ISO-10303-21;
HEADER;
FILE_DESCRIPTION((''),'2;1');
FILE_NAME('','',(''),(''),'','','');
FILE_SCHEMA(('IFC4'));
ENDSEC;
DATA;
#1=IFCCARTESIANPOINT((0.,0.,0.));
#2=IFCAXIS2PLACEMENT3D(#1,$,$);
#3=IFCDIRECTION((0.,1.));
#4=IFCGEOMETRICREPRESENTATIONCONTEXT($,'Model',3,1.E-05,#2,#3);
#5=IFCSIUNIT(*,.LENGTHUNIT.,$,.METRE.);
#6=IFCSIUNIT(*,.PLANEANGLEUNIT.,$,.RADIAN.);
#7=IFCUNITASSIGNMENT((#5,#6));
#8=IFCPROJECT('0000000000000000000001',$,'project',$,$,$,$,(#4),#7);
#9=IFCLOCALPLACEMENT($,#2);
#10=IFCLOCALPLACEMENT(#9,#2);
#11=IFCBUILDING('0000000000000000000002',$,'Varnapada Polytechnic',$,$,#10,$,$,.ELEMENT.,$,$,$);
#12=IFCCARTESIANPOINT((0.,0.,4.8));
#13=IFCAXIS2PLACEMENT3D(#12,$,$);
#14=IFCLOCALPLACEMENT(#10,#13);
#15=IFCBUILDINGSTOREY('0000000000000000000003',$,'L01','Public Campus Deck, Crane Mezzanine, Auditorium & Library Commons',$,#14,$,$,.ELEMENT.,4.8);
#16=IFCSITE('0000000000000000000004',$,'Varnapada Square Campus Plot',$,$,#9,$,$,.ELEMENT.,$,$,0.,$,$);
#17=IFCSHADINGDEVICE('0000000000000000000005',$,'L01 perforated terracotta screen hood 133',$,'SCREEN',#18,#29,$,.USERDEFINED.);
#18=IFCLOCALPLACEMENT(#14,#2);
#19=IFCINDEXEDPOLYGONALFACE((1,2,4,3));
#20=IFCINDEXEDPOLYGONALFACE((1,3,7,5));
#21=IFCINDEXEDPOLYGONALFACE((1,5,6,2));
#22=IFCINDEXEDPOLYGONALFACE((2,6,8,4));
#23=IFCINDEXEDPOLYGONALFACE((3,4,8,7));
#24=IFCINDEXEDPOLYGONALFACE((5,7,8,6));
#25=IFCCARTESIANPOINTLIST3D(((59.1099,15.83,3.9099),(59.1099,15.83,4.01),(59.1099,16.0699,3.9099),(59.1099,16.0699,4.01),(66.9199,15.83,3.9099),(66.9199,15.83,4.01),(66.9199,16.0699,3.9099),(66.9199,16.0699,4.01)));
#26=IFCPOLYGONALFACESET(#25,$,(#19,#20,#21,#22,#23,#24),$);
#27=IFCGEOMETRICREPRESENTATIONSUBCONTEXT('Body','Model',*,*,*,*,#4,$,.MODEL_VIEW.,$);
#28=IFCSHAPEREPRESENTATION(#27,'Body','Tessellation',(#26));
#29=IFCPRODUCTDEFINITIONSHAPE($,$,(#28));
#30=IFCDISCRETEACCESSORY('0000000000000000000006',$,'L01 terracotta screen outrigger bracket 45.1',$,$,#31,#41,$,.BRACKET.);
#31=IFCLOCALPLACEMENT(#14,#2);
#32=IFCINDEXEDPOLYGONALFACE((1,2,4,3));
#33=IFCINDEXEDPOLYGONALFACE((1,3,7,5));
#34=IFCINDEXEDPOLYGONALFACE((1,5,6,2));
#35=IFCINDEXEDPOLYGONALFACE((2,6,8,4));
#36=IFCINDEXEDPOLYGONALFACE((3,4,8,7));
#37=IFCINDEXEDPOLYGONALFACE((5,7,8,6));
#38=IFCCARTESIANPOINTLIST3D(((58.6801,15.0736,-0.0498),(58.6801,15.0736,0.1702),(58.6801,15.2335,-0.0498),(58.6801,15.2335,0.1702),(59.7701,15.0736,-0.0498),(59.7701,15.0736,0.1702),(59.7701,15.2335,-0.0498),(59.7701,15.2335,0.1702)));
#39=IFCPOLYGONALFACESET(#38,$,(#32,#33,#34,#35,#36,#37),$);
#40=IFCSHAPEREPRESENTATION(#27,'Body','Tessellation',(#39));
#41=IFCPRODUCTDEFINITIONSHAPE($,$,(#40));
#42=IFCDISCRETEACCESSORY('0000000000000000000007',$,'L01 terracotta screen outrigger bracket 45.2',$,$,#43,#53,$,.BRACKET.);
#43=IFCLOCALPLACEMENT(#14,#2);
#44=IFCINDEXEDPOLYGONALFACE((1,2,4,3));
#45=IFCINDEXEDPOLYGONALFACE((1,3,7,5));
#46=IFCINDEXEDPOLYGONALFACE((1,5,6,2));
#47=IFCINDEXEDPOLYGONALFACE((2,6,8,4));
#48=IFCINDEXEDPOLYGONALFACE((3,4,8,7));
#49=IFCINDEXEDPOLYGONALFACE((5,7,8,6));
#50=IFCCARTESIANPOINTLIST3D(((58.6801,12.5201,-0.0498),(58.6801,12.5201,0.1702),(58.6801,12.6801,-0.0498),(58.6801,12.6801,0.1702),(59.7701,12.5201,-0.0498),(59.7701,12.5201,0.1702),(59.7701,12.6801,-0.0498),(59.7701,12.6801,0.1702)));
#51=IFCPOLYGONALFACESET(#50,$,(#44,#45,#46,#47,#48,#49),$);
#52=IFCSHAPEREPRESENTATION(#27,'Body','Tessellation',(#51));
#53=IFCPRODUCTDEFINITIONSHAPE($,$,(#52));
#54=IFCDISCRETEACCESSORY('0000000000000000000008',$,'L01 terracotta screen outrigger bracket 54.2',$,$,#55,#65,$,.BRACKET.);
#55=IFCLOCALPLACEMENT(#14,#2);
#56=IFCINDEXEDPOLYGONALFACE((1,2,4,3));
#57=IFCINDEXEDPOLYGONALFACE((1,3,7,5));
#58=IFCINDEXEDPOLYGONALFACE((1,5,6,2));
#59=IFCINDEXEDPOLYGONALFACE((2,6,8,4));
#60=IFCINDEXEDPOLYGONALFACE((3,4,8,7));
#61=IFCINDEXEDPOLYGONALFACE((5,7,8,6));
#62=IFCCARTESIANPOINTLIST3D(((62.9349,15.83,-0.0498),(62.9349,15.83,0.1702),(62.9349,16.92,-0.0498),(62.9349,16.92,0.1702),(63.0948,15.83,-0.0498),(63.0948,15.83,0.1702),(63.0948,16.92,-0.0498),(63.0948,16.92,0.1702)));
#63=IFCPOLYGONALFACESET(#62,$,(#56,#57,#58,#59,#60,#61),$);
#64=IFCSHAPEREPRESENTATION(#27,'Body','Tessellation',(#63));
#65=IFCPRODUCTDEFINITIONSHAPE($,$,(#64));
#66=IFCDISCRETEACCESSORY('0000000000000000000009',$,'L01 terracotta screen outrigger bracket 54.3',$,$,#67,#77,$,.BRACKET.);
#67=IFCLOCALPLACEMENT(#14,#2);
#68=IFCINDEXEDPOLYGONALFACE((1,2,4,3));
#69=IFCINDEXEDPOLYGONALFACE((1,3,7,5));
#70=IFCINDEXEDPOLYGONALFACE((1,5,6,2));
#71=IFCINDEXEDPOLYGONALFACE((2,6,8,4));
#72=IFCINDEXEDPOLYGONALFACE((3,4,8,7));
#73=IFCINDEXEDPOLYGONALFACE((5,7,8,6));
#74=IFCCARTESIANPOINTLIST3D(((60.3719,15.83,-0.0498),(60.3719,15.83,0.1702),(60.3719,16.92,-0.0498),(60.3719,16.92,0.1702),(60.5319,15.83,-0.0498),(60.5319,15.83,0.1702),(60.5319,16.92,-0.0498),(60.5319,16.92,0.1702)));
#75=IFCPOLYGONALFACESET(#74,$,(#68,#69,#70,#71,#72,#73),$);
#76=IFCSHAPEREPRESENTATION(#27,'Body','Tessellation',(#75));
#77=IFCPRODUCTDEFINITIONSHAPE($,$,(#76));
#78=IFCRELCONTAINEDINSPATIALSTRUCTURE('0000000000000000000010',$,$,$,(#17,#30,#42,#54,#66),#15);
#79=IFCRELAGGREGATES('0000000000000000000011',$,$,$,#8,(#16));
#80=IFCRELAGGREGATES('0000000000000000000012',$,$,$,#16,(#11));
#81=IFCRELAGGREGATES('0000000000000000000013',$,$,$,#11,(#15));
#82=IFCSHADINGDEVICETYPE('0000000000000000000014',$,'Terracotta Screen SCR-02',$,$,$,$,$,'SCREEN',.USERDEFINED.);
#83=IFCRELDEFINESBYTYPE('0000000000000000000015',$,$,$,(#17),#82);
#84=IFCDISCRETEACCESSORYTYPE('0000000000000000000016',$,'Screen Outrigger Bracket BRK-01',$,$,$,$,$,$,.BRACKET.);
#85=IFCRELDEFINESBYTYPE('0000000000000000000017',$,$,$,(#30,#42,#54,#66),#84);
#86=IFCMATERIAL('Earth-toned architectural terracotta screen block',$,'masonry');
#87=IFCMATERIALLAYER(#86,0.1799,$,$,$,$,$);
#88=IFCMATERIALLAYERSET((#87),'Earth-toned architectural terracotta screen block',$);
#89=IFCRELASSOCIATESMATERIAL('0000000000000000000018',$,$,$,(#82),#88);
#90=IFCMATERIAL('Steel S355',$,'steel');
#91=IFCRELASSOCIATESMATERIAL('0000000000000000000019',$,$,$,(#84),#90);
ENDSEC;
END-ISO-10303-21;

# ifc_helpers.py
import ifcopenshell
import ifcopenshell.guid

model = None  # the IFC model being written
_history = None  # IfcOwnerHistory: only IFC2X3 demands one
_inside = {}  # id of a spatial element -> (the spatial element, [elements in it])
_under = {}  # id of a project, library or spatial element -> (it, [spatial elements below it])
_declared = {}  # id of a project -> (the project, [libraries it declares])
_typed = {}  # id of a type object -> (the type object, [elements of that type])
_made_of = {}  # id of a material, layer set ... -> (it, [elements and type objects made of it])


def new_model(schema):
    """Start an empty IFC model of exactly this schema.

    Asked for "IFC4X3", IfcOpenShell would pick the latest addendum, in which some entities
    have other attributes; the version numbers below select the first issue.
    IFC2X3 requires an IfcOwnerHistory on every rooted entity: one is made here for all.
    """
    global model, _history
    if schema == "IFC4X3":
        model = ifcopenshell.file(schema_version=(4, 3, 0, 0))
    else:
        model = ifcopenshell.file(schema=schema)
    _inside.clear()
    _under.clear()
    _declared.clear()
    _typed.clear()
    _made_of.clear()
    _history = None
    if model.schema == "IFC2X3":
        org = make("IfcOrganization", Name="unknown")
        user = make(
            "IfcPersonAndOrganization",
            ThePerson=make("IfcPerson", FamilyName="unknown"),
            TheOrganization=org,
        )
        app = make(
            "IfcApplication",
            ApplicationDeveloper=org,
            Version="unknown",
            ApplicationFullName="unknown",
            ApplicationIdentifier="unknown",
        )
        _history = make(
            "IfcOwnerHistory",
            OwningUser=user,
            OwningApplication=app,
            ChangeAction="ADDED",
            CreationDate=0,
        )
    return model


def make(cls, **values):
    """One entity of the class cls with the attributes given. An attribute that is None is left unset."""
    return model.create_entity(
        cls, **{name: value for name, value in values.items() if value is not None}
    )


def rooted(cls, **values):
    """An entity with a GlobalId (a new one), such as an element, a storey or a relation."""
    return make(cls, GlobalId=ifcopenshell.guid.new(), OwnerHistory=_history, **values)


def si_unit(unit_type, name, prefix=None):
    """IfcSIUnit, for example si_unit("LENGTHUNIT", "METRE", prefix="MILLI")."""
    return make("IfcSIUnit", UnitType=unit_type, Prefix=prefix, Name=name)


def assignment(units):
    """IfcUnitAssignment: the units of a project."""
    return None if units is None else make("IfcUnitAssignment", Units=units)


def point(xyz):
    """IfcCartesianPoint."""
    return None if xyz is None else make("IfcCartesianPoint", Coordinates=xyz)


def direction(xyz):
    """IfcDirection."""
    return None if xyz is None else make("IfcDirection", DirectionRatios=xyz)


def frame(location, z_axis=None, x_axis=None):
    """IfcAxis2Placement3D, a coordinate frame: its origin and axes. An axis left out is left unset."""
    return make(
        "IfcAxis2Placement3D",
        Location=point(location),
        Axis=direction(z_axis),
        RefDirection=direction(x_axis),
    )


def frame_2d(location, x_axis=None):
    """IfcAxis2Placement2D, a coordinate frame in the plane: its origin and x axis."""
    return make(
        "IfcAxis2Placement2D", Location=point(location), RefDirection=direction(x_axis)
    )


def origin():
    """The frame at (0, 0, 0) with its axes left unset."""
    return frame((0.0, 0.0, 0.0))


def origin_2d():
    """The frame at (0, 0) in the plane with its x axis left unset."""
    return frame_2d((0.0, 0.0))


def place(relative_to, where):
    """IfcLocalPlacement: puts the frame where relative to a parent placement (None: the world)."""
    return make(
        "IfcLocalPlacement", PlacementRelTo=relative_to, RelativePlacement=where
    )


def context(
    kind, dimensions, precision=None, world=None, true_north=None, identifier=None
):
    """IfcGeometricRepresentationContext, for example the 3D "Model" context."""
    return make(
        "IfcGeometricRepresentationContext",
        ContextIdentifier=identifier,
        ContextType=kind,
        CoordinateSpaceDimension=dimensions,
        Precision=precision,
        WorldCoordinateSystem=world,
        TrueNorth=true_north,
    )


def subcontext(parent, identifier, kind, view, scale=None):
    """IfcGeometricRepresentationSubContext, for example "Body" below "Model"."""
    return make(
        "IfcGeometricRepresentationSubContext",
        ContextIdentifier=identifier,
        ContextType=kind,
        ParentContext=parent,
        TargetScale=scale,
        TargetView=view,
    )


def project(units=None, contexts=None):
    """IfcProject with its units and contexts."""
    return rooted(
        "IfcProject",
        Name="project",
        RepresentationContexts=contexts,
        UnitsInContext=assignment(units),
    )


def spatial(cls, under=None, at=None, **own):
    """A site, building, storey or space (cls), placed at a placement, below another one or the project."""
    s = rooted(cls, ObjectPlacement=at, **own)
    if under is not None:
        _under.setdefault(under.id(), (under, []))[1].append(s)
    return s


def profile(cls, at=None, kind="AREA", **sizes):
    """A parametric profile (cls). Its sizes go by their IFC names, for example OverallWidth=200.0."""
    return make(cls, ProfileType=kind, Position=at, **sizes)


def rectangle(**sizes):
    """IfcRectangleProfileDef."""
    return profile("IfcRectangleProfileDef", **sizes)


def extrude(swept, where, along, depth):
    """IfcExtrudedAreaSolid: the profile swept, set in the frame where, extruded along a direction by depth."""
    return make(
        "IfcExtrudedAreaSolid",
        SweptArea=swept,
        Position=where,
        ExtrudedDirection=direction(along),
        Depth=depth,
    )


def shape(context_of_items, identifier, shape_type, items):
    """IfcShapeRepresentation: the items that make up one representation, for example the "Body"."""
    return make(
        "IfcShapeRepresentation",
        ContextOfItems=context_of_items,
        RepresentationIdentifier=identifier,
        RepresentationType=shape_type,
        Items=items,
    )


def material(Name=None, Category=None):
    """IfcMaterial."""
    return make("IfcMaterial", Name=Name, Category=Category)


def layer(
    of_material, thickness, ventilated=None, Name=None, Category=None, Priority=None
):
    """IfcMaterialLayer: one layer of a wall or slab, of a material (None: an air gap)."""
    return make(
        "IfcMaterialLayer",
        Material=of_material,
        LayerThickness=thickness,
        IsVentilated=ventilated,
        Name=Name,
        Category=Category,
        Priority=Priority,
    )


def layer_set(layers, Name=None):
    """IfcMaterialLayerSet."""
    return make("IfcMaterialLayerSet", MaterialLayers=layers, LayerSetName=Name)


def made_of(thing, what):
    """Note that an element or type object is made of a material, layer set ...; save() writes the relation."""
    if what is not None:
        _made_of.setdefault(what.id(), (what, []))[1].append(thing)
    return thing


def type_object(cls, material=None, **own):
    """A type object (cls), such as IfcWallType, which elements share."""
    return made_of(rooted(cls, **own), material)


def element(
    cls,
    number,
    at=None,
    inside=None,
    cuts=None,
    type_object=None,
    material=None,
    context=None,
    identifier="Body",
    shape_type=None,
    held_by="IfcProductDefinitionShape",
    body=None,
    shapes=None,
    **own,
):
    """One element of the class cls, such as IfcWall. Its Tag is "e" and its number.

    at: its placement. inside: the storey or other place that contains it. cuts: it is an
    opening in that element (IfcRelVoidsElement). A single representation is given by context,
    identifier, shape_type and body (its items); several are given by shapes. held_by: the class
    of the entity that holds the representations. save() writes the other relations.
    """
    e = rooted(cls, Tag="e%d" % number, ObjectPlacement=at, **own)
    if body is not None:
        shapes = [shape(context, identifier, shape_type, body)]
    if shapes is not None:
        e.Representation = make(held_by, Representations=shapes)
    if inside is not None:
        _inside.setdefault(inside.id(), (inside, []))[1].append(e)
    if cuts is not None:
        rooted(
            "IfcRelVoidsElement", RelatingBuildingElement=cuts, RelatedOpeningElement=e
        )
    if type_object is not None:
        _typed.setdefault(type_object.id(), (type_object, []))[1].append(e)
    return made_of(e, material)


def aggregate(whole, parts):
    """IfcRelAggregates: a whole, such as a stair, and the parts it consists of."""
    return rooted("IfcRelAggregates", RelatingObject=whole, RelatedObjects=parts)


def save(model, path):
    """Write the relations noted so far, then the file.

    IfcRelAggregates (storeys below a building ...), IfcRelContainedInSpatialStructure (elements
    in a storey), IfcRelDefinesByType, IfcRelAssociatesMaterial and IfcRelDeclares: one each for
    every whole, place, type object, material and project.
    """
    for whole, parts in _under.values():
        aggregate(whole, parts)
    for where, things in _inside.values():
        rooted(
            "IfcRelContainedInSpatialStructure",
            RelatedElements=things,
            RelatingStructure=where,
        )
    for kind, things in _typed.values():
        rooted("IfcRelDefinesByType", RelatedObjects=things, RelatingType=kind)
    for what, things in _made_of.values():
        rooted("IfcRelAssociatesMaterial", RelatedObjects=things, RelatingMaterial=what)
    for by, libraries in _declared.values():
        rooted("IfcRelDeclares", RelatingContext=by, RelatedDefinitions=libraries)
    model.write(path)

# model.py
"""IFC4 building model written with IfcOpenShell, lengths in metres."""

from ifc_helpers import new_model, si_unit, direction, frame, origin, origin_2d, place, context, subcontext, project, spatial, rectangle, extrude, material, layer, layer_set, type_object, element, save


model = new_model("IFC4")

# Units and contexts
model_context = context("Model", 3, precision=1e-05, world=origin(), true_north=direction((0.0, 1.0)))
body_context = subcontext(model_context, "Body", "Model", "MODEL_VIEW")
ifc_project = project(units=[si_unit("LENGTHUNIT", "METRE"), si_unit("PLANEANGLEUNIT", "RADIAN")], contexts=[model_context])

# Site, building, storey
site_placement = place(None, origin())
site = spatial("IfcSite", under=ifc_project, at=site_placement, Name="Varnapada Square Campus Plot", CompositionType="ELEMENT", RefElevation=0.0)
building_placement = place(site_placement, origin())
building = spatial("IfcBuilding", under=site, at=building_placement, Name="Varnapada Polytechnic", CompositionType="ELEMENT")
storey_placement = place(building_placement, frame((0.0, 0.0, 4.8)))
storey = spatial("IfcBuildingStorey", under=building, at=storey_placement, Name="L01", Description="Public Campus Deck, Crane Mezzanine, Auditorium & Library Commons", CompositionType="ELEMENT", Elevation=4.8)

# Shared definitions
ifc_material_1 = material(Name="Earth-toned architectural terracotta screen block", Category="masonry")

# Shading device
ifc_layer_1 = layer(ifc_material_1, 0.1799)
ifc_layer_set_1 = layer_set([ifc_layer_1], Name="Earth-toned architectural terracotta screen block")
shading_device_type = type_object("IfcShadingDeviceType", Name="Terracotta Screen SCR-02", ElementType="SCREEN", PredefinedType="USERDEFINED", material=ifc_layer_set_1)
shading_device_1_placement = place(storey_placement, frame((63.0149, 15.95, 3.9099), z_axis=(0.0, 0.0, 1.0), x_axis=(-1.0, 0.0, 0.0)))
element("IfcShadingDevice", 1, at=shading_device_1_placement, inside=storey, type_object=shading_device_type, Name="L01 perforated terracotta screen hood 133", ObjectType="SCREEN", PredefinedType="USERDEFINED", context=body_context, shape_type="SweptSolid", body=[
    extrude(rectangle(XDim=7.8101, YDim=0.24, at=origin_2d()), origin(), (0.0, 0.0, 1.0), 0.1001),
])

# Discrete accessories
ifc_material_2 = material(Name="Steel S355", Category="steel")
discrete_accessory_type = type_object("IfcDiscreteAccessoryType", Name="Screen Outrigger Bracket BRK-01", PredefinedType="BRACKET", material=ifc_material_2)
for number, where, z_axis, x_axis, name in (
    (2, (59.2251, 15.1536, -0.0498), (0.0, 0.0, 1.0), (0.0, -1.0, 0.0), "L01 terracotta screen outrigger bracket 45.1"),
    (3, (59.2251, 12.6001, -0.0498), (0.0, 0.0, 1.0), (0.0, -1.0, 0.0), "L01 terracotta screen outrigger bracket 45.2"),
    (4, (63.0149, 16.375, -0.0498), (0.0, 0.0, 1.0), (-1.0, 0.0, 0.0), "L01 terracotta screen outrigger bracket 54.2"),
    (5, (60.4519, 16.375, -0.0498), (0.0, 0.0, 1.0), (-1.0, 0.0, 0.0), "L01 terracotta screen outrigger bracket 54.3"),
):
    element("IfcDiscreteAccessory", number, at=place(storey_placement, frame(where, z_axis=z_axis, x_axis=x_axis)), inside=storey, type_object=discrete_accessory_type, Name=name, PredefinedType="BRACKET", context=body_context, shape_type="SweptSolid", body=[
        extrude(rectangle(XDim=0.1599, YDim=1.0901, at=origin_2d()), origin(), (0.0, 0.0, 1.0), 0.22),
    ])

save(model, "model.ifc")
